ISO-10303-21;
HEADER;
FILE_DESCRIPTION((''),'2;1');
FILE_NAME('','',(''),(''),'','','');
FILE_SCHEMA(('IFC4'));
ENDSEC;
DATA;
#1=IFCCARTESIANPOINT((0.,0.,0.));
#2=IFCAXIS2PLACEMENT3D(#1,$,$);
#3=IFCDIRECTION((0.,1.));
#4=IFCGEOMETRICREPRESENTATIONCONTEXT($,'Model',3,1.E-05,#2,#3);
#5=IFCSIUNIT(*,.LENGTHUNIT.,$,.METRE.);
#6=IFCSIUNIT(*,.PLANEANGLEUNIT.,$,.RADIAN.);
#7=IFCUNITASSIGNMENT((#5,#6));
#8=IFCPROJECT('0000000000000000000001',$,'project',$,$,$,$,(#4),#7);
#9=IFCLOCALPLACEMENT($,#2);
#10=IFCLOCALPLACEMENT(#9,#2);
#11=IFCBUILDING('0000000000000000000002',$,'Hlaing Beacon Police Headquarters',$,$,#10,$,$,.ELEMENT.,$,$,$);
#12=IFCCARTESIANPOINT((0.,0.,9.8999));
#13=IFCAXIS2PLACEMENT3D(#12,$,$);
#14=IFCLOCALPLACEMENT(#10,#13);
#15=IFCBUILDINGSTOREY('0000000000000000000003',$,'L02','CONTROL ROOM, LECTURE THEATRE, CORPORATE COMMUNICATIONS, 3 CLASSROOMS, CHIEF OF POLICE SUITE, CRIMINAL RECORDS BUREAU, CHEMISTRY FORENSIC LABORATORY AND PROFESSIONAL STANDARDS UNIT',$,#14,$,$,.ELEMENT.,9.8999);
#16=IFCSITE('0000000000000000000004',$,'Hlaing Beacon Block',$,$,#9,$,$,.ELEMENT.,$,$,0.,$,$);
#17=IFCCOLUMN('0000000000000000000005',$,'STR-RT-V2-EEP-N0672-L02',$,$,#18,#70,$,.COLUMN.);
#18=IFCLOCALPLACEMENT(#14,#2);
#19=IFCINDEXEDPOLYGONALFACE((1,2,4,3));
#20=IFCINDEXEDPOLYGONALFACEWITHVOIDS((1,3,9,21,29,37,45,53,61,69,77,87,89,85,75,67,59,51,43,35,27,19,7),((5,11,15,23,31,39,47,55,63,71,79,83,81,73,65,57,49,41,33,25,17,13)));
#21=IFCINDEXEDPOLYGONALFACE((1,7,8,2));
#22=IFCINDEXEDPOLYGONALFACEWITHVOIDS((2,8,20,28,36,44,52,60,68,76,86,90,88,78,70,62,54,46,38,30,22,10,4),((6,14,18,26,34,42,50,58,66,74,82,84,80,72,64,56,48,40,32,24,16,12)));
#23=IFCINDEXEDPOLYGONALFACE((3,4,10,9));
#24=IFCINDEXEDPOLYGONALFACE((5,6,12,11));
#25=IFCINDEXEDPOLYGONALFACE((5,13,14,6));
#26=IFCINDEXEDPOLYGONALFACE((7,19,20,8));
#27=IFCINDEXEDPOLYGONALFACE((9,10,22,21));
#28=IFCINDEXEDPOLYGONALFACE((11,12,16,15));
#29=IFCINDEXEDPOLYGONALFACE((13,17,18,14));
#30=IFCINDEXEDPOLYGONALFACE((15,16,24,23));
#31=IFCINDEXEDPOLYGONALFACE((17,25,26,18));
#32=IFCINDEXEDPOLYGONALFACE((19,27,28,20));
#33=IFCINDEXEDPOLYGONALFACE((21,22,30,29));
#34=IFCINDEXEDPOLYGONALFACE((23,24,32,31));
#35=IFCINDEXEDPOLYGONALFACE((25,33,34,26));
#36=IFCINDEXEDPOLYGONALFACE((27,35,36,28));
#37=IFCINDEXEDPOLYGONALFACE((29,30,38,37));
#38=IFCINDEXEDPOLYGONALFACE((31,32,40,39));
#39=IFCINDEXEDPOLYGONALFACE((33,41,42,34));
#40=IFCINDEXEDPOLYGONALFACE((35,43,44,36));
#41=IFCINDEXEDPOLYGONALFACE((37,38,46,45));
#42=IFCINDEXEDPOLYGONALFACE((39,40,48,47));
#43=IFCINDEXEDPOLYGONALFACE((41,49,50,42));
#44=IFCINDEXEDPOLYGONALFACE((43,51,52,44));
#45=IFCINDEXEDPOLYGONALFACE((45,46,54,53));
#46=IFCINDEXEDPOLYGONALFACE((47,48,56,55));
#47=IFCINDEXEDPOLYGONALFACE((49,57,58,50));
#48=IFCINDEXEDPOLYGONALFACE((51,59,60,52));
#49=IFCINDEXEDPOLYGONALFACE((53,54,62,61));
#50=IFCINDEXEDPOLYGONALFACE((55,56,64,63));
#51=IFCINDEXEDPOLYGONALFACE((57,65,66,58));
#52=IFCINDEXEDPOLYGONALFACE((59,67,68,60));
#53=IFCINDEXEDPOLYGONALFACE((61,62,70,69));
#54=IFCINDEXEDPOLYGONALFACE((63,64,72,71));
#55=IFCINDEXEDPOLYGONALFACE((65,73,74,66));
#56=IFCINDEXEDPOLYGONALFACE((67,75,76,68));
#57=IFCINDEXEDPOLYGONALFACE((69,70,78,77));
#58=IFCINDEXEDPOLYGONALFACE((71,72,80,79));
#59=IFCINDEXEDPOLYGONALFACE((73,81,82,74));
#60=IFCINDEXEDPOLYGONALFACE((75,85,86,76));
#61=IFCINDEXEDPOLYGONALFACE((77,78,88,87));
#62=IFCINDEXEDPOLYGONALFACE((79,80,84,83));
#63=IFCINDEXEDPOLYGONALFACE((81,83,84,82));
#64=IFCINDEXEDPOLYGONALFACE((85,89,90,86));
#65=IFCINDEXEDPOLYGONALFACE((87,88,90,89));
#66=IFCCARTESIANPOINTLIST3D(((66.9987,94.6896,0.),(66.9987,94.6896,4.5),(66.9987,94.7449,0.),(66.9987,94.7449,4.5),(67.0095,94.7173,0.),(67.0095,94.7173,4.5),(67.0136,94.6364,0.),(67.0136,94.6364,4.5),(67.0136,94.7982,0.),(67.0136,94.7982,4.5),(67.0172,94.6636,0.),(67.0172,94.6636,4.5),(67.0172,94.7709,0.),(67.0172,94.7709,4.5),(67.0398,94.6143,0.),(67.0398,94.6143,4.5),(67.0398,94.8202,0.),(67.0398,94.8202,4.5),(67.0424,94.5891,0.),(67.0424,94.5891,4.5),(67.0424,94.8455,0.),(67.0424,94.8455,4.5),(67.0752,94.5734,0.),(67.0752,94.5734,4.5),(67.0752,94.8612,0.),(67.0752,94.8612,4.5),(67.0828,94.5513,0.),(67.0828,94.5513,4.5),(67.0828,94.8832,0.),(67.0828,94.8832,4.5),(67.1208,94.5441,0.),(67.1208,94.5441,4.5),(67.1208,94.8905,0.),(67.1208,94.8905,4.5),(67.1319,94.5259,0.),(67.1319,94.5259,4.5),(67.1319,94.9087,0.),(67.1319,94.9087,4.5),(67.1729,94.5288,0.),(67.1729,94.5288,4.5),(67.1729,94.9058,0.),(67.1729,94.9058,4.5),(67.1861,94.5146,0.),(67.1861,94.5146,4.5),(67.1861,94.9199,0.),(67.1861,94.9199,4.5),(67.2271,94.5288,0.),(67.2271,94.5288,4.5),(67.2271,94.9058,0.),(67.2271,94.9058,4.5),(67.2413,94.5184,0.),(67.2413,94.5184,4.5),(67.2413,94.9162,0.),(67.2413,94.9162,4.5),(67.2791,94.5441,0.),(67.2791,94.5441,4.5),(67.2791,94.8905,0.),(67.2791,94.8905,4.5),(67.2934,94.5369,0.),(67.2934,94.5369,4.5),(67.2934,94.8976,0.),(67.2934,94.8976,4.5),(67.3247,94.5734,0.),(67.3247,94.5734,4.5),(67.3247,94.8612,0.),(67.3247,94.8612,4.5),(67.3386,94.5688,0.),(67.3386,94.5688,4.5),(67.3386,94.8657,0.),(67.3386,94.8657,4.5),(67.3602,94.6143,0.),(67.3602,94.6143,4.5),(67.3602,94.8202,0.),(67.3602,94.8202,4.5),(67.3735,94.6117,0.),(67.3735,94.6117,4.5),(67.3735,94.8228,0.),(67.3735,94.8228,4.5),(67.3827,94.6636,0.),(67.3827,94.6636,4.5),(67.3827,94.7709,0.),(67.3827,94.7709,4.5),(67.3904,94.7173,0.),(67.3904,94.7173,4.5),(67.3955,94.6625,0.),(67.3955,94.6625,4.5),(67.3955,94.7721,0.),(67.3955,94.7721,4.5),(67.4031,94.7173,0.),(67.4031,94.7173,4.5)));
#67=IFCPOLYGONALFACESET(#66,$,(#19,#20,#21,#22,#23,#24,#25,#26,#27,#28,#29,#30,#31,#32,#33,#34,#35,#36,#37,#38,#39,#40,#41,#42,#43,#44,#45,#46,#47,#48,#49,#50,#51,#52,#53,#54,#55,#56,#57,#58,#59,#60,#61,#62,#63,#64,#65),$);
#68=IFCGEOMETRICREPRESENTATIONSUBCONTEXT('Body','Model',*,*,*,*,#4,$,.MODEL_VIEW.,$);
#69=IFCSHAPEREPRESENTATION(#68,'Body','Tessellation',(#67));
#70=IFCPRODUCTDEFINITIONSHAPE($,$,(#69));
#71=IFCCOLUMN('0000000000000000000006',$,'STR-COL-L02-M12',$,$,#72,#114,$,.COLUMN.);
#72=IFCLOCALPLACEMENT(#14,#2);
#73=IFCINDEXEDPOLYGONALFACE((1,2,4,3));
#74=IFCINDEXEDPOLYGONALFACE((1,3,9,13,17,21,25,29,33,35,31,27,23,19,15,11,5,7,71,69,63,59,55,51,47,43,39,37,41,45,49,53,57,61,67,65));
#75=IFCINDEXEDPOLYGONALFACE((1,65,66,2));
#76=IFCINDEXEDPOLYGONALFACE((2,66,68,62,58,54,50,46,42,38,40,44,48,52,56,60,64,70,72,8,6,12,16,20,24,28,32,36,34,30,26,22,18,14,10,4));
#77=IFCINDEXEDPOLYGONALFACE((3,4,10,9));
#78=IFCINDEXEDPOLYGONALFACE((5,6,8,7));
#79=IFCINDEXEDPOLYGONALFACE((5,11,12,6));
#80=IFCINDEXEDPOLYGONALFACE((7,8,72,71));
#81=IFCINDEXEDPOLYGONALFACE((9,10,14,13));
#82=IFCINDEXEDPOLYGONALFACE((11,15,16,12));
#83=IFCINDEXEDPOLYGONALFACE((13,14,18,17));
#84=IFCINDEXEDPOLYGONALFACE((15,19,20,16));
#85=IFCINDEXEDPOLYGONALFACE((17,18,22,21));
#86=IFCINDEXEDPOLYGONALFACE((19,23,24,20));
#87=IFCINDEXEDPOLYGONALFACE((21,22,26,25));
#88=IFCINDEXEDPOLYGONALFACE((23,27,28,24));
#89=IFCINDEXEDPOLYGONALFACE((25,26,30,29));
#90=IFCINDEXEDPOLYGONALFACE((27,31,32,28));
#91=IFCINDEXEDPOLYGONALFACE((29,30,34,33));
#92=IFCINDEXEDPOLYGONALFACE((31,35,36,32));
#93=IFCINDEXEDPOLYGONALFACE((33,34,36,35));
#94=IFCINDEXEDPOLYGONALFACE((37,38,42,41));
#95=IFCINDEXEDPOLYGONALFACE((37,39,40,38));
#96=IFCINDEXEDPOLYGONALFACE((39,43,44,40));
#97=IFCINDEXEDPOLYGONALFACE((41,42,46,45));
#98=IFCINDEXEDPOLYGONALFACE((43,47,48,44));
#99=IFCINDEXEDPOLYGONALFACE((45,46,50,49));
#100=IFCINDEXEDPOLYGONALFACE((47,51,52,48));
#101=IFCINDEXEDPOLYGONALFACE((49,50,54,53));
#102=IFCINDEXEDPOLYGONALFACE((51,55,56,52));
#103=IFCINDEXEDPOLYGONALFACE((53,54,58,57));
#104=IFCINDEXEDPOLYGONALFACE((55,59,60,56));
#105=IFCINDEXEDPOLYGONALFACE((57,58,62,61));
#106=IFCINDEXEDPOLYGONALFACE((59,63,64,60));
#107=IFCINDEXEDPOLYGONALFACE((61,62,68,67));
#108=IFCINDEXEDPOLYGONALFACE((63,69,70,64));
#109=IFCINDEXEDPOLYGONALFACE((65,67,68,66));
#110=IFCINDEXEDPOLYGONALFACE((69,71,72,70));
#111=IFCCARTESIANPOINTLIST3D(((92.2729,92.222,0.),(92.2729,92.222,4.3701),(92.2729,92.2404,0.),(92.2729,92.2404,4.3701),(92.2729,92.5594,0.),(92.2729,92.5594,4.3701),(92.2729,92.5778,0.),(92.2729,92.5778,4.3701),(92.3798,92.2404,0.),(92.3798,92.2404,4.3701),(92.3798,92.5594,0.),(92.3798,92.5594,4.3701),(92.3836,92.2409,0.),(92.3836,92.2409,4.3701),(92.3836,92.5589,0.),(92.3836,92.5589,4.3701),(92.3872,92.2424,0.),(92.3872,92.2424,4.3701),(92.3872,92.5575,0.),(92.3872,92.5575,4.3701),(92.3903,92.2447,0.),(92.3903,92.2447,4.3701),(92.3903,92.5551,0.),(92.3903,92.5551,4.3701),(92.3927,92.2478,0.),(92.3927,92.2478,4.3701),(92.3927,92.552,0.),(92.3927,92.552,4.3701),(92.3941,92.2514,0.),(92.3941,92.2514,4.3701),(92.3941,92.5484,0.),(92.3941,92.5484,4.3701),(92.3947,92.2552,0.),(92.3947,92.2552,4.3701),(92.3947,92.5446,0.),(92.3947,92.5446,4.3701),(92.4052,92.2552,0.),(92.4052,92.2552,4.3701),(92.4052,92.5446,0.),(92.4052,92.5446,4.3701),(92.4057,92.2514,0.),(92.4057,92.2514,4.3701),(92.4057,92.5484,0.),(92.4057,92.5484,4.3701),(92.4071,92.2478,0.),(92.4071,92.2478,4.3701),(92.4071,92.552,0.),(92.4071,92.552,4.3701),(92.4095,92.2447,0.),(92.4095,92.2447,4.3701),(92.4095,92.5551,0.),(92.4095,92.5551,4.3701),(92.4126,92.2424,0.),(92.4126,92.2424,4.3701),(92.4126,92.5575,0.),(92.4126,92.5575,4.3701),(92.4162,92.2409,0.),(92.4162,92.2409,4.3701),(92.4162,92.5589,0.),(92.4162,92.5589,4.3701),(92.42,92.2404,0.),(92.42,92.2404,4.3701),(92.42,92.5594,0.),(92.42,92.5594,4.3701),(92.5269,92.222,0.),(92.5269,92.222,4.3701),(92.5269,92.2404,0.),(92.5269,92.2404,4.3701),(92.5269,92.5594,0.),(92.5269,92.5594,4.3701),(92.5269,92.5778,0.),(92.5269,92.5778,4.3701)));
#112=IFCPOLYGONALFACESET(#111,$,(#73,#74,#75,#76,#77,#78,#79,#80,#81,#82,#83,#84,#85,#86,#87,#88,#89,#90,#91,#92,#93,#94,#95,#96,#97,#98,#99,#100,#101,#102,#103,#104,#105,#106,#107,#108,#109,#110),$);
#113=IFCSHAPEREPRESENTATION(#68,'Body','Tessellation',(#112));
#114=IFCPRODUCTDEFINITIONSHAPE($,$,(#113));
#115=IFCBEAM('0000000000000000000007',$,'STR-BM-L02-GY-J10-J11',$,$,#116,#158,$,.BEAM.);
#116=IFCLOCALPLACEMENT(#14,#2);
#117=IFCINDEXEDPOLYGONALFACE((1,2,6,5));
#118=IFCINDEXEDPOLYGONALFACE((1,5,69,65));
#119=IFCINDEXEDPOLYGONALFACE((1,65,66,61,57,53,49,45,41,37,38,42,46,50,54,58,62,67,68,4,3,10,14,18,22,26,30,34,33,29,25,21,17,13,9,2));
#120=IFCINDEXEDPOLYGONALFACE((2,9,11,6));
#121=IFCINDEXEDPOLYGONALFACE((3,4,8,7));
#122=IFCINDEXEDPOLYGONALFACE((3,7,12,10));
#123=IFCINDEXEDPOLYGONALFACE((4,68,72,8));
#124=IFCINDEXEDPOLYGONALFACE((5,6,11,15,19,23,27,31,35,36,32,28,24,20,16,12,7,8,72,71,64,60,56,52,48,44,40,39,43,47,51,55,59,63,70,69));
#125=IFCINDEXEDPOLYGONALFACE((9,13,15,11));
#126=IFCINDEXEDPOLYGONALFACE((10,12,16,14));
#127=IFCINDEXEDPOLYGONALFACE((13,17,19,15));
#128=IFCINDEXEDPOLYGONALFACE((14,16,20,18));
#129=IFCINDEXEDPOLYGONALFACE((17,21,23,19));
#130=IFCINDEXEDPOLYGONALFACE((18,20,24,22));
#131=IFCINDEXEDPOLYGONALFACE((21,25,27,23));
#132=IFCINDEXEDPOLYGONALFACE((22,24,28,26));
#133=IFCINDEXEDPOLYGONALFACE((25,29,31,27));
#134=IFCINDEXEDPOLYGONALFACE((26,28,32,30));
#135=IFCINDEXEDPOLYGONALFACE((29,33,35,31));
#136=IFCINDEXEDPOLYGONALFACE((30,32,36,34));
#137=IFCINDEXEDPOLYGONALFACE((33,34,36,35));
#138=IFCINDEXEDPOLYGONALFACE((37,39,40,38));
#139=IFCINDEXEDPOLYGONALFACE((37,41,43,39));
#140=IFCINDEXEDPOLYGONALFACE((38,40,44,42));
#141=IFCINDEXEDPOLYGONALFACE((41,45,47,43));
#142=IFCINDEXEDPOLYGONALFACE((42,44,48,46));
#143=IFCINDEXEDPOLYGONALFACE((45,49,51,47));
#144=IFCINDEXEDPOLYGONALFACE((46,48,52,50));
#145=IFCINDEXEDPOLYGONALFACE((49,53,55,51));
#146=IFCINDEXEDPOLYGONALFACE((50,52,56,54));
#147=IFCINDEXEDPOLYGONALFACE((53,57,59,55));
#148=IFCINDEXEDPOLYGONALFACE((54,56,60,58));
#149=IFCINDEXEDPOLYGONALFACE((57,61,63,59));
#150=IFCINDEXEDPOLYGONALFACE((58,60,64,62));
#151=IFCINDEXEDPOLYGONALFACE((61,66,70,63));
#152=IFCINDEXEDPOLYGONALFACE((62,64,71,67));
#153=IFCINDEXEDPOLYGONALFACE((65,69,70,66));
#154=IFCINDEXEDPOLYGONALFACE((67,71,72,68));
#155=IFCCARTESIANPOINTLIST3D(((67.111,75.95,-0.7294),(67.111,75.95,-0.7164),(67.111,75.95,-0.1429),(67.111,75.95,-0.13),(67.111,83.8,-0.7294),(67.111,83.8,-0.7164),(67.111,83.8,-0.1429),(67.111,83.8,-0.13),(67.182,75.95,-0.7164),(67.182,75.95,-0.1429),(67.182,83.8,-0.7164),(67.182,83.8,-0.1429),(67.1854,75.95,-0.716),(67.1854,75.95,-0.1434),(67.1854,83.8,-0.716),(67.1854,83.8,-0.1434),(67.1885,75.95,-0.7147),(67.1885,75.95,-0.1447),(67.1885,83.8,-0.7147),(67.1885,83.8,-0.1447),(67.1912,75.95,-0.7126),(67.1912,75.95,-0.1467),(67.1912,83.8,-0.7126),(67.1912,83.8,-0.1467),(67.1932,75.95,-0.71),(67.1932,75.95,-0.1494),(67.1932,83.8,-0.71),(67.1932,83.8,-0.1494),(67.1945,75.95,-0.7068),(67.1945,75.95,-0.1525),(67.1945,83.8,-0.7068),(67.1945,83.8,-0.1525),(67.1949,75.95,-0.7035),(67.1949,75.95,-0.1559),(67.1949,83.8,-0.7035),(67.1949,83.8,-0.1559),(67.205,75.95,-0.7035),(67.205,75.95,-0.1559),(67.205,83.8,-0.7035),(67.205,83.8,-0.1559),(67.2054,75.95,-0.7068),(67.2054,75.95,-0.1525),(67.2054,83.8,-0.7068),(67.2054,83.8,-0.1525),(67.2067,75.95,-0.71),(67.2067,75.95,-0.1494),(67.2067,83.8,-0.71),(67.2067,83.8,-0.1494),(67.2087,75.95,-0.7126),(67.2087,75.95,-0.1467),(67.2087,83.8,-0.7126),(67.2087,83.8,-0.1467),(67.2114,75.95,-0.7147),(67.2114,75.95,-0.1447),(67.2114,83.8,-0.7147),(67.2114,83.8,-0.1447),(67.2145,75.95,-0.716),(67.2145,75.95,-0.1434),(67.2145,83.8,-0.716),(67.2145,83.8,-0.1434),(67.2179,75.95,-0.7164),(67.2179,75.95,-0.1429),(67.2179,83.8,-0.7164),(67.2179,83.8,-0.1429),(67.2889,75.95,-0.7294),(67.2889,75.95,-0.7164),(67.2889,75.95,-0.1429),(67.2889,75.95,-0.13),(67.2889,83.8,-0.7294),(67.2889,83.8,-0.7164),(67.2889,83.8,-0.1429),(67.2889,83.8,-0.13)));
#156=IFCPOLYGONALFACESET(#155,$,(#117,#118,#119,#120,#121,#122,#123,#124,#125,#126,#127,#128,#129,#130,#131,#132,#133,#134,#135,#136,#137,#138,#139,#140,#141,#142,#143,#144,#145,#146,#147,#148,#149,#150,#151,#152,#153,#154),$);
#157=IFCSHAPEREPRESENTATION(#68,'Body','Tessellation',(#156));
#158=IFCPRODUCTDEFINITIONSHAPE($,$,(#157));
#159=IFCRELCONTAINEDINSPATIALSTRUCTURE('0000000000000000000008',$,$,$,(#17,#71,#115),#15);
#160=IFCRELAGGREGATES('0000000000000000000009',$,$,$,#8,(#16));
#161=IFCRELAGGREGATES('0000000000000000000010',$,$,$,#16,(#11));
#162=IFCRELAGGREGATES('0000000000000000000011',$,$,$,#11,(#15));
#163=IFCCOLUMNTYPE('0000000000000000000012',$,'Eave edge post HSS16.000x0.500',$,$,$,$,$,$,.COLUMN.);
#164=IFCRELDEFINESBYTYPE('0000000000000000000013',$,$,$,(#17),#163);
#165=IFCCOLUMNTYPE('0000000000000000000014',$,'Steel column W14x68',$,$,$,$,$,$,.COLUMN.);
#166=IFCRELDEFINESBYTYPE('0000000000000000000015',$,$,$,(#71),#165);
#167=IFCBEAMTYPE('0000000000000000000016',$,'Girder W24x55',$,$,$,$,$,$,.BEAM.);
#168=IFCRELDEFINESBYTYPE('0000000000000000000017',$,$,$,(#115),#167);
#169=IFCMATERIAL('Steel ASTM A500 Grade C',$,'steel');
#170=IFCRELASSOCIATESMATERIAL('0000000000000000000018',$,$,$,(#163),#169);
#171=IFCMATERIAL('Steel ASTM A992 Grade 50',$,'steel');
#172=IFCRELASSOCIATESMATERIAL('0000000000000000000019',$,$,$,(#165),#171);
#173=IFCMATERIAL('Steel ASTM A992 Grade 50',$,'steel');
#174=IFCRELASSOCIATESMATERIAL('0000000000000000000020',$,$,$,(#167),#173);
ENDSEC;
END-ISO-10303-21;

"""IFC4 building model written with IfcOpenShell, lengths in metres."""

from ifc_helpers import new_model, si_unit, direction, frame, origin, origin_2d, place, context, subcontext, project, spatial, hollow_circle, i_section, extrude, material, material_profile, profile_set, type_object, element, save


model = new_model("IFC4")

# Units and contexts
model_context = context("Model", 3, precision=1e-05, world=origin(), true_north=direction((0.0, 1.0)))
body_context = subcontext(model_context, "Body", "Model", "MODEL_VIEW")
ifc_project = project(units=[si_unit("LENGTHUNIT", "METRE"), si_unit("PLANEANGLEUNIT", "RADIAN")], contexts=[model_context])

# Site, building, storey
site_placement = place(None, origin())
site = spatial("IfcSite", under=ifc_project, at=site_placement, Name="Hlaing Beacon Block", CompositionType="ELEMENT", RefElevation=0.0)
building_placement = place(site_placement, origin())
building = spatial("IfcBuilding", under=site, at=building_placement, Name="Hlaing Beacon Police Headquarters", CompositionType="ELEMENT")
storey_placement = place(building_placement, frame((0.0, 0.0, 9.8999)))
storey = spatial("IfcBuildingStorey", under=building, at=storey_placement, Name="L02", Description="CONTROL ROOM, LECTURE THEATRE, CORPORATE COMMUNICATIONS, 3 CLASSROOMS, CHIEF OF POLICE SUITE, CRIMINAL RECORDS BUREAU, CHEMISTRY FORENSIC LABORATORY AND PROFESSIONAL STANDARDS UNIT", CompositionType="ELEMENT", Elevation=9.8999)

# Columns
ifc_material_1 = material(Name="Steel ASTM A500 Grade C", Category="steel")
ifc_material_profile_1 = material_profile(ifc_material_1, hollow_circle(Radius=0.2031, WallThickness=0.0127, at=origin_2d()), Name="HSS16.000x0.500")
ifc_profile_set_1 = profile_set([ifc_material_profile_1], Name="Steel ASTM A500 Grade C")
column_type_1 = type_object("IfcColumnType", Name="Eave edge post HSS16.000x0.500", PredefinedType="COLUMN", material=ifc_profile_set_1)
column_1_placement = place(storey_placement, frame((67.2, 94.7173, 0.0), z_axis=(0.0, 0.0, 1.0), x_axis=(1.0, 0.0, 0.0)))
element("IfcColumn", 1, at=column_1_placement, inside=storey, type_object=column_type_1, Name="STR-RT-V2-EEP-N0672-L02", PredefinedType="COLUMN", context=body_context, shape_type="SweptSolid", body=[
    extrude(hollow_circle(Radius=0.2031, WallThickness=0.0127, at=origin_2d()), origin(), (0.0, 0.0, 1.0), 4.5),
])
ifc_material_2 = material(Name="Steel ASTM A992 Grade 50", Category="steel")
ifc_material_profile_2 = material_profile(ifc_material_2, i_section(OverallWidth=0.2539, OverallDepth=0.3557, WebThickness=0.0105, FlangeThickness=0.0183, FilletRadius=0.0149, at=origin_2d()), Name="W14x68")
ifc_profile_set_2 = profile_set([ifc_material_profile_2], Name="Steel ASTM A992 Grade 50")
column_type_2 = type_object("IfcColumnType", Name="Steel column W14x68", PredefinedType="COLUMN", material=ifc_profile_set_2)
column_2_placement = place(storey_placement, frame((92.3999, 92.3999, 0.0), z_axis=(0.0, 0.0, 1.0), x_axis=(1.0, 0.0, 0.0)))
element("IfcColumn", 2, at=column_2_placement, inside=storey, type_object=column_type_2, Name="STR-COL-L02-M12", PredefinedType="COLUMN", context=body_context, shape_type="SweptSolid", body=[
    extrude(i_section(OverallWidth=0.2539, OverallDepth=0.3557, WebThickness=0.0105, FlangeThickness=0.0183, FilletRadius=0.0149, at=origin_2d()), origin(), (0.0, 0.0, 1.0), 4.3701),
])

# Beam
ifc_material_3 = material(Name="Steel ASTM A992 Grade 50", Category="steel")
ifc_material_profile_3 = material_profile(ifc_material_3, i_section(OverallWidth=0.178, OverallDepth=0.5994, WebThickness=0.01, FlangeThickness=0.0129, FilletRadius=0.0129, at=origin_2d()), Name="W24x55")
ifc_profile_set_3 = profile_set([ifc_material_profile_3], Name="Steel ASTM A992 Grade 50")
beam_type = type_object("IfcBeamType", Name="Girder W24x55", PredefinedType="BEAM", material=ifc_profile_set_3)
beam_1_placement = place(storey_placement, frame((67.2, 75.95, -0.4297), z_axis=(0.0, 1.0, 0.0), x_axis=(-1.0, 0.0, 0.0)))
element("IfcBeam", 3, at=beam_1_placement, inside=storey, type_object=beam_type, Name="STR-BM-L02-GY-J10-J11", PredefinedType="BEAM", context=body_context, shape_type="SweptSolid", body=[
    extrude(i_section(OverallWidth=0.178, OverallDepth=0.5994, WebThickness=0.01, FlangeThickness=0.0129, FilletRadius=0.0129, at=origin_2d()), origin(), (0.0, 0.0, 1.0), 7.8501),
])

save(model, "model.ifc")
